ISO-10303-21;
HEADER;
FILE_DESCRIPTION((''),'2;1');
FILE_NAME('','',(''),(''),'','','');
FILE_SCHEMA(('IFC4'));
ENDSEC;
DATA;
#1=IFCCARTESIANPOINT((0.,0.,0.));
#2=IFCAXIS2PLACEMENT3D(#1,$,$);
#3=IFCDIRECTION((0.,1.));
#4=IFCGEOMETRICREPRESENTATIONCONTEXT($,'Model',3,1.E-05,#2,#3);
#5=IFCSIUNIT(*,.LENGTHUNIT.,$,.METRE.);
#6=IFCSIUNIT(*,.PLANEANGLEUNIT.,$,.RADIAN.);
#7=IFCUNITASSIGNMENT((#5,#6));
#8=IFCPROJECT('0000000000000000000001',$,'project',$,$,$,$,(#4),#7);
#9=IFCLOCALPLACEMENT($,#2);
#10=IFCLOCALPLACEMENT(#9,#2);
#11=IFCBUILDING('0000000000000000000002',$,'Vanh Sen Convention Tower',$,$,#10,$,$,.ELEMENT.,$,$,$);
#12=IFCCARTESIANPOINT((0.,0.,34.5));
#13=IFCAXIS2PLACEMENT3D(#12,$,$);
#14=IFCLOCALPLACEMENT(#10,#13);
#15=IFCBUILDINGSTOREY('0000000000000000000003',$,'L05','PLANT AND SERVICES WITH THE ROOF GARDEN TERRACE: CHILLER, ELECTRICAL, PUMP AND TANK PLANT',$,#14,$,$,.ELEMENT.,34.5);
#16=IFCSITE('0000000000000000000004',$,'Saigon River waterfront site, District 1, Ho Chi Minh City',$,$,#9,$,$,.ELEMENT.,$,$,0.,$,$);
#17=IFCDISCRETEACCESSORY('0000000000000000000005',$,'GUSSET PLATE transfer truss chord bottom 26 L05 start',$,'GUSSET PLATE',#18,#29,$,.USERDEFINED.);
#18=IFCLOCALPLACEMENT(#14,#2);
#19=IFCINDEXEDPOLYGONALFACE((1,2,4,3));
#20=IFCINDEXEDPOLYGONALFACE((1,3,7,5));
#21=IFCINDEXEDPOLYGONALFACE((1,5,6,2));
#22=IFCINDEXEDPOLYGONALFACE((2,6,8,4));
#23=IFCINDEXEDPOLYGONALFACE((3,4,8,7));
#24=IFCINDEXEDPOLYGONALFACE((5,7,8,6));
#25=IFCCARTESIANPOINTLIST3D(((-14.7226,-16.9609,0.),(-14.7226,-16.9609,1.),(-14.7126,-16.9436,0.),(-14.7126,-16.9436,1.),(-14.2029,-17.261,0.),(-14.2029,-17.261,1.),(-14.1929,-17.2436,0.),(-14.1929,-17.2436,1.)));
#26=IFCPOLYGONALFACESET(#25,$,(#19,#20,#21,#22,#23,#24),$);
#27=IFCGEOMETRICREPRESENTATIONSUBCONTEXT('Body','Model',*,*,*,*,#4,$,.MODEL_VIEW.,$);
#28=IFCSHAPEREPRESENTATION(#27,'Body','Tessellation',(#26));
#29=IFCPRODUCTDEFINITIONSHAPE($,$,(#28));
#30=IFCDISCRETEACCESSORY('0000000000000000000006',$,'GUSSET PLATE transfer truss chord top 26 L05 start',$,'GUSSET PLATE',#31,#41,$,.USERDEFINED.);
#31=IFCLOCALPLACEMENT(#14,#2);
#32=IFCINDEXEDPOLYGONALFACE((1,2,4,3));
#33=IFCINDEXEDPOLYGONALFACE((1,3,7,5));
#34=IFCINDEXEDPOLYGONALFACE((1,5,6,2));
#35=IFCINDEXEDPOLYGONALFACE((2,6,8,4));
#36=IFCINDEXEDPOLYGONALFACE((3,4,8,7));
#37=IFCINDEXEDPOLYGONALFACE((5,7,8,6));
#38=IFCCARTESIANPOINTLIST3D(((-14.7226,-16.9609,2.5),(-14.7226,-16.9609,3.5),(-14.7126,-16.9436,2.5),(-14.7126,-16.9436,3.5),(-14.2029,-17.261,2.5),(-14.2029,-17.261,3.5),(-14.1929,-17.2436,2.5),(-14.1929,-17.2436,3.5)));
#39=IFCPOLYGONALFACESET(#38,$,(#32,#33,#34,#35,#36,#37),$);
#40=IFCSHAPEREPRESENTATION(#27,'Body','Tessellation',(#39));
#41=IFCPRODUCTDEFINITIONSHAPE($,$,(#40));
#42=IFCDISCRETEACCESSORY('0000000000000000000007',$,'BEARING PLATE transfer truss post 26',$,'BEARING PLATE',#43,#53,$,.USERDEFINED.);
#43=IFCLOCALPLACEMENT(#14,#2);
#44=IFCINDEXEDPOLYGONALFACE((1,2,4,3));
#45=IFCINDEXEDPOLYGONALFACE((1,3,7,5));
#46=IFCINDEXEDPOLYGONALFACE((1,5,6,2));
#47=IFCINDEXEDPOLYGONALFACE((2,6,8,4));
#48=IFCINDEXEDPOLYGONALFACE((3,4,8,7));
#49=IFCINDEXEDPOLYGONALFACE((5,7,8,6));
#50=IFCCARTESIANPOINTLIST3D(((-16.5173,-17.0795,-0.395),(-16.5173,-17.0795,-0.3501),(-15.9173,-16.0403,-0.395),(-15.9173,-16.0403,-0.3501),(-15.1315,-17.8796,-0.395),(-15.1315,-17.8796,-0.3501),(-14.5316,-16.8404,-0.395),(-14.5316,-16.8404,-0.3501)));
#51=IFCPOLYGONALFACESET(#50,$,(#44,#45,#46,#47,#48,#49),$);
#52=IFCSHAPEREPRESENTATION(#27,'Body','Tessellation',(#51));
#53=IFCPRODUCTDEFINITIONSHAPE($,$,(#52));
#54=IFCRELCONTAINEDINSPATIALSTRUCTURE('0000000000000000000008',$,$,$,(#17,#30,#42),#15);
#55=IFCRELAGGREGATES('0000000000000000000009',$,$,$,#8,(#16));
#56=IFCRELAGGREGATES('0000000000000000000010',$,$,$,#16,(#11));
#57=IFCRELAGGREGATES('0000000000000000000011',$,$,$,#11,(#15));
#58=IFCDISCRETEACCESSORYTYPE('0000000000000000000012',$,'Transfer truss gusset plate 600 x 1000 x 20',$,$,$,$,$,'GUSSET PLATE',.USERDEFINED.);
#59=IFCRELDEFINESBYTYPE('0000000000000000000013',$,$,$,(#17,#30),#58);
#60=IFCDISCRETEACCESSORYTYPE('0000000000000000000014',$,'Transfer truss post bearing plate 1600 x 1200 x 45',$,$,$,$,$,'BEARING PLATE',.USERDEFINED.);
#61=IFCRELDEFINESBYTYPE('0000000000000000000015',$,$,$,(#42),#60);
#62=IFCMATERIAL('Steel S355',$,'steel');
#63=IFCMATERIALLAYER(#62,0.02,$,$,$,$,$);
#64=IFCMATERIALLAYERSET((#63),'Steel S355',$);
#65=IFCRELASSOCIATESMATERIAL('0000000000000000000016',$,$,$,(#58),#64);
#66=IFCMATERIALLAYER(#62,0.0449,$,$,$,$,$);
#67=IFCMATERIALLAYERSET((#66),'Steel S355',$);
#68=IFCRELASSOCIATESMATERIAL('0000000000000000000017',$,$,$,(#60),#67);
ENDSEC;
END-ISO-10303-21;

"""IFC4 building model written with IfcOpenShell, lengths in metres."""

from ifc_helpers import new_model, si_unit, direction, frame, origin, origin_2d, place, context, subcontext, project, spatial, rectangle, extrude, material, layer, layer_set, type_object, element, save


model = new_model("IFC4")

# Units and contexts
model_context = context("Model", 3, precision=1e-05, world=origin(), true_north=direction((0.0, 1.0)))
body_context = subcontext(model_context, "Body", "Model", "MODEL_VIEW")
ifc_project = project(units=[si_unit("LENGTHUNIT", "METRE"), si_unit("PLANEANGLEUNIT", "RADIAN")], contexts=[model_context])

# Site, building, storey
site_placement = place(None, origin())
site = spatial("IfcSite", under=ifc_project, at=site_placement, Name="Saigon River waterfront site, District 1, Ho Chi Minh City", CompositionType="ELEMENT", RefElevation=0.0)
building_placement = place(site_placement, origin())
building = spatial("IfcBuilding", under=site, at=building_placement, Name="Vanh Sen Convention Tower", CompositionType="ELEMENT")
storey_placement = place(building_placement, frame((0.0, 0.0, 34.5)))
storey = spatial("IfcBuildingStorey", under=building, at=storey_placement, Name="L05", Description="PLANT AND SERVICES WITH THE ROOF GARDEN TERRACE: CHILLER, ELECTRICAL, PUMP AND TANK PLANT", CompositionType="ELEMENT", Elevation=34.5)

# Shared definitions
ifc_material_1 = material(Name="Steel S355", Category="steel")

# Discrete accessories
ifc_layer_1 = layer(ifc_material_1, 0.02)
ifc_layer_set_1 = layer_set([ifc_layer_1], Name="Steel S355")
discrete_accessory_type_1 = type_object("IfcDiscreteAccessoryType", Name="Transfer truss gusset plate 600 x 1000 x 20", ElementType="GUSSET PLATE", PredefinedType="USERDEFINED", material=ifc_layer_set_1)
for number, where, z_axis, x_axis, name in (
    (1, (-14.4578, -17.1023, 0.0), (0.0, 0.0, 1.0), (0.866032, -0.499988, 0.0), "GUSSET PLATE transfer truss chord bottom 26 L05 start"),
    (2, (-14.4578, -17.1023, 2.5), (0.0, 0.0, 1.0), (0.866032, -0.499988, 0.0), "GUSSET PLATE transfer truss chord top 26 L05 start"),
):
    element("IfcDiscreteAccessory", number, at=place(storey_placement, frame(where, z_axis=z_axis, x_axis=x_axis)), inside=storey, type_object=discrete_accessory_type_1, Name=name, ObjectType="GUSSET PLATE", PredefinedType="USERDEFINED", context=body_context, shape_type="SweptSolid", body=[
        extrude(rectangle(XDim=0.6001, YDim=0.02, at=origin_2d()), origin(), (0.0, 0.0, 1.0), 1.0),
    ])
ifc_layer_2 = layer(ifc_material_1, 0.0449)
ifc_layer_set_2 = layer_set([ifc_layer_2], Name="Steel S355")
discrete_accessory_type_2 = type_object("IfcDiscreteAccessoryType", Name="Transfer truss post bearing plate 1600 x 1200 x 45", ElementType="BEARING PLATE", PredefinedType="USERDEFINED", material=ifc_layer_set_2)
discrete_accessory_placement = place(storey_placement, frame((-15.5244, -16.96, -0.395), z_axis=(0.0, 0.0, 1.0), x_axis=(0.866025, -0.5, 0.0)))
element("IfcDiscreteAccessory", 3, at=discrete_accessory_placement, inside=storey, type_object=discrete_accessory_type_2, Name="BEARING PLATE transfer truss post 26", ObjectType="BEARING PLATE", PredefinedType="USERDEFINED", context=body_context, shape_type="SweptSolid", body=[
    extrude(rectangle(XDim=1.6001, YDim=1.2, at=origin_2d()), origin(), (0.0, 0.0, 1.0), 0.0449),
])

save(model, "model.ifc")
